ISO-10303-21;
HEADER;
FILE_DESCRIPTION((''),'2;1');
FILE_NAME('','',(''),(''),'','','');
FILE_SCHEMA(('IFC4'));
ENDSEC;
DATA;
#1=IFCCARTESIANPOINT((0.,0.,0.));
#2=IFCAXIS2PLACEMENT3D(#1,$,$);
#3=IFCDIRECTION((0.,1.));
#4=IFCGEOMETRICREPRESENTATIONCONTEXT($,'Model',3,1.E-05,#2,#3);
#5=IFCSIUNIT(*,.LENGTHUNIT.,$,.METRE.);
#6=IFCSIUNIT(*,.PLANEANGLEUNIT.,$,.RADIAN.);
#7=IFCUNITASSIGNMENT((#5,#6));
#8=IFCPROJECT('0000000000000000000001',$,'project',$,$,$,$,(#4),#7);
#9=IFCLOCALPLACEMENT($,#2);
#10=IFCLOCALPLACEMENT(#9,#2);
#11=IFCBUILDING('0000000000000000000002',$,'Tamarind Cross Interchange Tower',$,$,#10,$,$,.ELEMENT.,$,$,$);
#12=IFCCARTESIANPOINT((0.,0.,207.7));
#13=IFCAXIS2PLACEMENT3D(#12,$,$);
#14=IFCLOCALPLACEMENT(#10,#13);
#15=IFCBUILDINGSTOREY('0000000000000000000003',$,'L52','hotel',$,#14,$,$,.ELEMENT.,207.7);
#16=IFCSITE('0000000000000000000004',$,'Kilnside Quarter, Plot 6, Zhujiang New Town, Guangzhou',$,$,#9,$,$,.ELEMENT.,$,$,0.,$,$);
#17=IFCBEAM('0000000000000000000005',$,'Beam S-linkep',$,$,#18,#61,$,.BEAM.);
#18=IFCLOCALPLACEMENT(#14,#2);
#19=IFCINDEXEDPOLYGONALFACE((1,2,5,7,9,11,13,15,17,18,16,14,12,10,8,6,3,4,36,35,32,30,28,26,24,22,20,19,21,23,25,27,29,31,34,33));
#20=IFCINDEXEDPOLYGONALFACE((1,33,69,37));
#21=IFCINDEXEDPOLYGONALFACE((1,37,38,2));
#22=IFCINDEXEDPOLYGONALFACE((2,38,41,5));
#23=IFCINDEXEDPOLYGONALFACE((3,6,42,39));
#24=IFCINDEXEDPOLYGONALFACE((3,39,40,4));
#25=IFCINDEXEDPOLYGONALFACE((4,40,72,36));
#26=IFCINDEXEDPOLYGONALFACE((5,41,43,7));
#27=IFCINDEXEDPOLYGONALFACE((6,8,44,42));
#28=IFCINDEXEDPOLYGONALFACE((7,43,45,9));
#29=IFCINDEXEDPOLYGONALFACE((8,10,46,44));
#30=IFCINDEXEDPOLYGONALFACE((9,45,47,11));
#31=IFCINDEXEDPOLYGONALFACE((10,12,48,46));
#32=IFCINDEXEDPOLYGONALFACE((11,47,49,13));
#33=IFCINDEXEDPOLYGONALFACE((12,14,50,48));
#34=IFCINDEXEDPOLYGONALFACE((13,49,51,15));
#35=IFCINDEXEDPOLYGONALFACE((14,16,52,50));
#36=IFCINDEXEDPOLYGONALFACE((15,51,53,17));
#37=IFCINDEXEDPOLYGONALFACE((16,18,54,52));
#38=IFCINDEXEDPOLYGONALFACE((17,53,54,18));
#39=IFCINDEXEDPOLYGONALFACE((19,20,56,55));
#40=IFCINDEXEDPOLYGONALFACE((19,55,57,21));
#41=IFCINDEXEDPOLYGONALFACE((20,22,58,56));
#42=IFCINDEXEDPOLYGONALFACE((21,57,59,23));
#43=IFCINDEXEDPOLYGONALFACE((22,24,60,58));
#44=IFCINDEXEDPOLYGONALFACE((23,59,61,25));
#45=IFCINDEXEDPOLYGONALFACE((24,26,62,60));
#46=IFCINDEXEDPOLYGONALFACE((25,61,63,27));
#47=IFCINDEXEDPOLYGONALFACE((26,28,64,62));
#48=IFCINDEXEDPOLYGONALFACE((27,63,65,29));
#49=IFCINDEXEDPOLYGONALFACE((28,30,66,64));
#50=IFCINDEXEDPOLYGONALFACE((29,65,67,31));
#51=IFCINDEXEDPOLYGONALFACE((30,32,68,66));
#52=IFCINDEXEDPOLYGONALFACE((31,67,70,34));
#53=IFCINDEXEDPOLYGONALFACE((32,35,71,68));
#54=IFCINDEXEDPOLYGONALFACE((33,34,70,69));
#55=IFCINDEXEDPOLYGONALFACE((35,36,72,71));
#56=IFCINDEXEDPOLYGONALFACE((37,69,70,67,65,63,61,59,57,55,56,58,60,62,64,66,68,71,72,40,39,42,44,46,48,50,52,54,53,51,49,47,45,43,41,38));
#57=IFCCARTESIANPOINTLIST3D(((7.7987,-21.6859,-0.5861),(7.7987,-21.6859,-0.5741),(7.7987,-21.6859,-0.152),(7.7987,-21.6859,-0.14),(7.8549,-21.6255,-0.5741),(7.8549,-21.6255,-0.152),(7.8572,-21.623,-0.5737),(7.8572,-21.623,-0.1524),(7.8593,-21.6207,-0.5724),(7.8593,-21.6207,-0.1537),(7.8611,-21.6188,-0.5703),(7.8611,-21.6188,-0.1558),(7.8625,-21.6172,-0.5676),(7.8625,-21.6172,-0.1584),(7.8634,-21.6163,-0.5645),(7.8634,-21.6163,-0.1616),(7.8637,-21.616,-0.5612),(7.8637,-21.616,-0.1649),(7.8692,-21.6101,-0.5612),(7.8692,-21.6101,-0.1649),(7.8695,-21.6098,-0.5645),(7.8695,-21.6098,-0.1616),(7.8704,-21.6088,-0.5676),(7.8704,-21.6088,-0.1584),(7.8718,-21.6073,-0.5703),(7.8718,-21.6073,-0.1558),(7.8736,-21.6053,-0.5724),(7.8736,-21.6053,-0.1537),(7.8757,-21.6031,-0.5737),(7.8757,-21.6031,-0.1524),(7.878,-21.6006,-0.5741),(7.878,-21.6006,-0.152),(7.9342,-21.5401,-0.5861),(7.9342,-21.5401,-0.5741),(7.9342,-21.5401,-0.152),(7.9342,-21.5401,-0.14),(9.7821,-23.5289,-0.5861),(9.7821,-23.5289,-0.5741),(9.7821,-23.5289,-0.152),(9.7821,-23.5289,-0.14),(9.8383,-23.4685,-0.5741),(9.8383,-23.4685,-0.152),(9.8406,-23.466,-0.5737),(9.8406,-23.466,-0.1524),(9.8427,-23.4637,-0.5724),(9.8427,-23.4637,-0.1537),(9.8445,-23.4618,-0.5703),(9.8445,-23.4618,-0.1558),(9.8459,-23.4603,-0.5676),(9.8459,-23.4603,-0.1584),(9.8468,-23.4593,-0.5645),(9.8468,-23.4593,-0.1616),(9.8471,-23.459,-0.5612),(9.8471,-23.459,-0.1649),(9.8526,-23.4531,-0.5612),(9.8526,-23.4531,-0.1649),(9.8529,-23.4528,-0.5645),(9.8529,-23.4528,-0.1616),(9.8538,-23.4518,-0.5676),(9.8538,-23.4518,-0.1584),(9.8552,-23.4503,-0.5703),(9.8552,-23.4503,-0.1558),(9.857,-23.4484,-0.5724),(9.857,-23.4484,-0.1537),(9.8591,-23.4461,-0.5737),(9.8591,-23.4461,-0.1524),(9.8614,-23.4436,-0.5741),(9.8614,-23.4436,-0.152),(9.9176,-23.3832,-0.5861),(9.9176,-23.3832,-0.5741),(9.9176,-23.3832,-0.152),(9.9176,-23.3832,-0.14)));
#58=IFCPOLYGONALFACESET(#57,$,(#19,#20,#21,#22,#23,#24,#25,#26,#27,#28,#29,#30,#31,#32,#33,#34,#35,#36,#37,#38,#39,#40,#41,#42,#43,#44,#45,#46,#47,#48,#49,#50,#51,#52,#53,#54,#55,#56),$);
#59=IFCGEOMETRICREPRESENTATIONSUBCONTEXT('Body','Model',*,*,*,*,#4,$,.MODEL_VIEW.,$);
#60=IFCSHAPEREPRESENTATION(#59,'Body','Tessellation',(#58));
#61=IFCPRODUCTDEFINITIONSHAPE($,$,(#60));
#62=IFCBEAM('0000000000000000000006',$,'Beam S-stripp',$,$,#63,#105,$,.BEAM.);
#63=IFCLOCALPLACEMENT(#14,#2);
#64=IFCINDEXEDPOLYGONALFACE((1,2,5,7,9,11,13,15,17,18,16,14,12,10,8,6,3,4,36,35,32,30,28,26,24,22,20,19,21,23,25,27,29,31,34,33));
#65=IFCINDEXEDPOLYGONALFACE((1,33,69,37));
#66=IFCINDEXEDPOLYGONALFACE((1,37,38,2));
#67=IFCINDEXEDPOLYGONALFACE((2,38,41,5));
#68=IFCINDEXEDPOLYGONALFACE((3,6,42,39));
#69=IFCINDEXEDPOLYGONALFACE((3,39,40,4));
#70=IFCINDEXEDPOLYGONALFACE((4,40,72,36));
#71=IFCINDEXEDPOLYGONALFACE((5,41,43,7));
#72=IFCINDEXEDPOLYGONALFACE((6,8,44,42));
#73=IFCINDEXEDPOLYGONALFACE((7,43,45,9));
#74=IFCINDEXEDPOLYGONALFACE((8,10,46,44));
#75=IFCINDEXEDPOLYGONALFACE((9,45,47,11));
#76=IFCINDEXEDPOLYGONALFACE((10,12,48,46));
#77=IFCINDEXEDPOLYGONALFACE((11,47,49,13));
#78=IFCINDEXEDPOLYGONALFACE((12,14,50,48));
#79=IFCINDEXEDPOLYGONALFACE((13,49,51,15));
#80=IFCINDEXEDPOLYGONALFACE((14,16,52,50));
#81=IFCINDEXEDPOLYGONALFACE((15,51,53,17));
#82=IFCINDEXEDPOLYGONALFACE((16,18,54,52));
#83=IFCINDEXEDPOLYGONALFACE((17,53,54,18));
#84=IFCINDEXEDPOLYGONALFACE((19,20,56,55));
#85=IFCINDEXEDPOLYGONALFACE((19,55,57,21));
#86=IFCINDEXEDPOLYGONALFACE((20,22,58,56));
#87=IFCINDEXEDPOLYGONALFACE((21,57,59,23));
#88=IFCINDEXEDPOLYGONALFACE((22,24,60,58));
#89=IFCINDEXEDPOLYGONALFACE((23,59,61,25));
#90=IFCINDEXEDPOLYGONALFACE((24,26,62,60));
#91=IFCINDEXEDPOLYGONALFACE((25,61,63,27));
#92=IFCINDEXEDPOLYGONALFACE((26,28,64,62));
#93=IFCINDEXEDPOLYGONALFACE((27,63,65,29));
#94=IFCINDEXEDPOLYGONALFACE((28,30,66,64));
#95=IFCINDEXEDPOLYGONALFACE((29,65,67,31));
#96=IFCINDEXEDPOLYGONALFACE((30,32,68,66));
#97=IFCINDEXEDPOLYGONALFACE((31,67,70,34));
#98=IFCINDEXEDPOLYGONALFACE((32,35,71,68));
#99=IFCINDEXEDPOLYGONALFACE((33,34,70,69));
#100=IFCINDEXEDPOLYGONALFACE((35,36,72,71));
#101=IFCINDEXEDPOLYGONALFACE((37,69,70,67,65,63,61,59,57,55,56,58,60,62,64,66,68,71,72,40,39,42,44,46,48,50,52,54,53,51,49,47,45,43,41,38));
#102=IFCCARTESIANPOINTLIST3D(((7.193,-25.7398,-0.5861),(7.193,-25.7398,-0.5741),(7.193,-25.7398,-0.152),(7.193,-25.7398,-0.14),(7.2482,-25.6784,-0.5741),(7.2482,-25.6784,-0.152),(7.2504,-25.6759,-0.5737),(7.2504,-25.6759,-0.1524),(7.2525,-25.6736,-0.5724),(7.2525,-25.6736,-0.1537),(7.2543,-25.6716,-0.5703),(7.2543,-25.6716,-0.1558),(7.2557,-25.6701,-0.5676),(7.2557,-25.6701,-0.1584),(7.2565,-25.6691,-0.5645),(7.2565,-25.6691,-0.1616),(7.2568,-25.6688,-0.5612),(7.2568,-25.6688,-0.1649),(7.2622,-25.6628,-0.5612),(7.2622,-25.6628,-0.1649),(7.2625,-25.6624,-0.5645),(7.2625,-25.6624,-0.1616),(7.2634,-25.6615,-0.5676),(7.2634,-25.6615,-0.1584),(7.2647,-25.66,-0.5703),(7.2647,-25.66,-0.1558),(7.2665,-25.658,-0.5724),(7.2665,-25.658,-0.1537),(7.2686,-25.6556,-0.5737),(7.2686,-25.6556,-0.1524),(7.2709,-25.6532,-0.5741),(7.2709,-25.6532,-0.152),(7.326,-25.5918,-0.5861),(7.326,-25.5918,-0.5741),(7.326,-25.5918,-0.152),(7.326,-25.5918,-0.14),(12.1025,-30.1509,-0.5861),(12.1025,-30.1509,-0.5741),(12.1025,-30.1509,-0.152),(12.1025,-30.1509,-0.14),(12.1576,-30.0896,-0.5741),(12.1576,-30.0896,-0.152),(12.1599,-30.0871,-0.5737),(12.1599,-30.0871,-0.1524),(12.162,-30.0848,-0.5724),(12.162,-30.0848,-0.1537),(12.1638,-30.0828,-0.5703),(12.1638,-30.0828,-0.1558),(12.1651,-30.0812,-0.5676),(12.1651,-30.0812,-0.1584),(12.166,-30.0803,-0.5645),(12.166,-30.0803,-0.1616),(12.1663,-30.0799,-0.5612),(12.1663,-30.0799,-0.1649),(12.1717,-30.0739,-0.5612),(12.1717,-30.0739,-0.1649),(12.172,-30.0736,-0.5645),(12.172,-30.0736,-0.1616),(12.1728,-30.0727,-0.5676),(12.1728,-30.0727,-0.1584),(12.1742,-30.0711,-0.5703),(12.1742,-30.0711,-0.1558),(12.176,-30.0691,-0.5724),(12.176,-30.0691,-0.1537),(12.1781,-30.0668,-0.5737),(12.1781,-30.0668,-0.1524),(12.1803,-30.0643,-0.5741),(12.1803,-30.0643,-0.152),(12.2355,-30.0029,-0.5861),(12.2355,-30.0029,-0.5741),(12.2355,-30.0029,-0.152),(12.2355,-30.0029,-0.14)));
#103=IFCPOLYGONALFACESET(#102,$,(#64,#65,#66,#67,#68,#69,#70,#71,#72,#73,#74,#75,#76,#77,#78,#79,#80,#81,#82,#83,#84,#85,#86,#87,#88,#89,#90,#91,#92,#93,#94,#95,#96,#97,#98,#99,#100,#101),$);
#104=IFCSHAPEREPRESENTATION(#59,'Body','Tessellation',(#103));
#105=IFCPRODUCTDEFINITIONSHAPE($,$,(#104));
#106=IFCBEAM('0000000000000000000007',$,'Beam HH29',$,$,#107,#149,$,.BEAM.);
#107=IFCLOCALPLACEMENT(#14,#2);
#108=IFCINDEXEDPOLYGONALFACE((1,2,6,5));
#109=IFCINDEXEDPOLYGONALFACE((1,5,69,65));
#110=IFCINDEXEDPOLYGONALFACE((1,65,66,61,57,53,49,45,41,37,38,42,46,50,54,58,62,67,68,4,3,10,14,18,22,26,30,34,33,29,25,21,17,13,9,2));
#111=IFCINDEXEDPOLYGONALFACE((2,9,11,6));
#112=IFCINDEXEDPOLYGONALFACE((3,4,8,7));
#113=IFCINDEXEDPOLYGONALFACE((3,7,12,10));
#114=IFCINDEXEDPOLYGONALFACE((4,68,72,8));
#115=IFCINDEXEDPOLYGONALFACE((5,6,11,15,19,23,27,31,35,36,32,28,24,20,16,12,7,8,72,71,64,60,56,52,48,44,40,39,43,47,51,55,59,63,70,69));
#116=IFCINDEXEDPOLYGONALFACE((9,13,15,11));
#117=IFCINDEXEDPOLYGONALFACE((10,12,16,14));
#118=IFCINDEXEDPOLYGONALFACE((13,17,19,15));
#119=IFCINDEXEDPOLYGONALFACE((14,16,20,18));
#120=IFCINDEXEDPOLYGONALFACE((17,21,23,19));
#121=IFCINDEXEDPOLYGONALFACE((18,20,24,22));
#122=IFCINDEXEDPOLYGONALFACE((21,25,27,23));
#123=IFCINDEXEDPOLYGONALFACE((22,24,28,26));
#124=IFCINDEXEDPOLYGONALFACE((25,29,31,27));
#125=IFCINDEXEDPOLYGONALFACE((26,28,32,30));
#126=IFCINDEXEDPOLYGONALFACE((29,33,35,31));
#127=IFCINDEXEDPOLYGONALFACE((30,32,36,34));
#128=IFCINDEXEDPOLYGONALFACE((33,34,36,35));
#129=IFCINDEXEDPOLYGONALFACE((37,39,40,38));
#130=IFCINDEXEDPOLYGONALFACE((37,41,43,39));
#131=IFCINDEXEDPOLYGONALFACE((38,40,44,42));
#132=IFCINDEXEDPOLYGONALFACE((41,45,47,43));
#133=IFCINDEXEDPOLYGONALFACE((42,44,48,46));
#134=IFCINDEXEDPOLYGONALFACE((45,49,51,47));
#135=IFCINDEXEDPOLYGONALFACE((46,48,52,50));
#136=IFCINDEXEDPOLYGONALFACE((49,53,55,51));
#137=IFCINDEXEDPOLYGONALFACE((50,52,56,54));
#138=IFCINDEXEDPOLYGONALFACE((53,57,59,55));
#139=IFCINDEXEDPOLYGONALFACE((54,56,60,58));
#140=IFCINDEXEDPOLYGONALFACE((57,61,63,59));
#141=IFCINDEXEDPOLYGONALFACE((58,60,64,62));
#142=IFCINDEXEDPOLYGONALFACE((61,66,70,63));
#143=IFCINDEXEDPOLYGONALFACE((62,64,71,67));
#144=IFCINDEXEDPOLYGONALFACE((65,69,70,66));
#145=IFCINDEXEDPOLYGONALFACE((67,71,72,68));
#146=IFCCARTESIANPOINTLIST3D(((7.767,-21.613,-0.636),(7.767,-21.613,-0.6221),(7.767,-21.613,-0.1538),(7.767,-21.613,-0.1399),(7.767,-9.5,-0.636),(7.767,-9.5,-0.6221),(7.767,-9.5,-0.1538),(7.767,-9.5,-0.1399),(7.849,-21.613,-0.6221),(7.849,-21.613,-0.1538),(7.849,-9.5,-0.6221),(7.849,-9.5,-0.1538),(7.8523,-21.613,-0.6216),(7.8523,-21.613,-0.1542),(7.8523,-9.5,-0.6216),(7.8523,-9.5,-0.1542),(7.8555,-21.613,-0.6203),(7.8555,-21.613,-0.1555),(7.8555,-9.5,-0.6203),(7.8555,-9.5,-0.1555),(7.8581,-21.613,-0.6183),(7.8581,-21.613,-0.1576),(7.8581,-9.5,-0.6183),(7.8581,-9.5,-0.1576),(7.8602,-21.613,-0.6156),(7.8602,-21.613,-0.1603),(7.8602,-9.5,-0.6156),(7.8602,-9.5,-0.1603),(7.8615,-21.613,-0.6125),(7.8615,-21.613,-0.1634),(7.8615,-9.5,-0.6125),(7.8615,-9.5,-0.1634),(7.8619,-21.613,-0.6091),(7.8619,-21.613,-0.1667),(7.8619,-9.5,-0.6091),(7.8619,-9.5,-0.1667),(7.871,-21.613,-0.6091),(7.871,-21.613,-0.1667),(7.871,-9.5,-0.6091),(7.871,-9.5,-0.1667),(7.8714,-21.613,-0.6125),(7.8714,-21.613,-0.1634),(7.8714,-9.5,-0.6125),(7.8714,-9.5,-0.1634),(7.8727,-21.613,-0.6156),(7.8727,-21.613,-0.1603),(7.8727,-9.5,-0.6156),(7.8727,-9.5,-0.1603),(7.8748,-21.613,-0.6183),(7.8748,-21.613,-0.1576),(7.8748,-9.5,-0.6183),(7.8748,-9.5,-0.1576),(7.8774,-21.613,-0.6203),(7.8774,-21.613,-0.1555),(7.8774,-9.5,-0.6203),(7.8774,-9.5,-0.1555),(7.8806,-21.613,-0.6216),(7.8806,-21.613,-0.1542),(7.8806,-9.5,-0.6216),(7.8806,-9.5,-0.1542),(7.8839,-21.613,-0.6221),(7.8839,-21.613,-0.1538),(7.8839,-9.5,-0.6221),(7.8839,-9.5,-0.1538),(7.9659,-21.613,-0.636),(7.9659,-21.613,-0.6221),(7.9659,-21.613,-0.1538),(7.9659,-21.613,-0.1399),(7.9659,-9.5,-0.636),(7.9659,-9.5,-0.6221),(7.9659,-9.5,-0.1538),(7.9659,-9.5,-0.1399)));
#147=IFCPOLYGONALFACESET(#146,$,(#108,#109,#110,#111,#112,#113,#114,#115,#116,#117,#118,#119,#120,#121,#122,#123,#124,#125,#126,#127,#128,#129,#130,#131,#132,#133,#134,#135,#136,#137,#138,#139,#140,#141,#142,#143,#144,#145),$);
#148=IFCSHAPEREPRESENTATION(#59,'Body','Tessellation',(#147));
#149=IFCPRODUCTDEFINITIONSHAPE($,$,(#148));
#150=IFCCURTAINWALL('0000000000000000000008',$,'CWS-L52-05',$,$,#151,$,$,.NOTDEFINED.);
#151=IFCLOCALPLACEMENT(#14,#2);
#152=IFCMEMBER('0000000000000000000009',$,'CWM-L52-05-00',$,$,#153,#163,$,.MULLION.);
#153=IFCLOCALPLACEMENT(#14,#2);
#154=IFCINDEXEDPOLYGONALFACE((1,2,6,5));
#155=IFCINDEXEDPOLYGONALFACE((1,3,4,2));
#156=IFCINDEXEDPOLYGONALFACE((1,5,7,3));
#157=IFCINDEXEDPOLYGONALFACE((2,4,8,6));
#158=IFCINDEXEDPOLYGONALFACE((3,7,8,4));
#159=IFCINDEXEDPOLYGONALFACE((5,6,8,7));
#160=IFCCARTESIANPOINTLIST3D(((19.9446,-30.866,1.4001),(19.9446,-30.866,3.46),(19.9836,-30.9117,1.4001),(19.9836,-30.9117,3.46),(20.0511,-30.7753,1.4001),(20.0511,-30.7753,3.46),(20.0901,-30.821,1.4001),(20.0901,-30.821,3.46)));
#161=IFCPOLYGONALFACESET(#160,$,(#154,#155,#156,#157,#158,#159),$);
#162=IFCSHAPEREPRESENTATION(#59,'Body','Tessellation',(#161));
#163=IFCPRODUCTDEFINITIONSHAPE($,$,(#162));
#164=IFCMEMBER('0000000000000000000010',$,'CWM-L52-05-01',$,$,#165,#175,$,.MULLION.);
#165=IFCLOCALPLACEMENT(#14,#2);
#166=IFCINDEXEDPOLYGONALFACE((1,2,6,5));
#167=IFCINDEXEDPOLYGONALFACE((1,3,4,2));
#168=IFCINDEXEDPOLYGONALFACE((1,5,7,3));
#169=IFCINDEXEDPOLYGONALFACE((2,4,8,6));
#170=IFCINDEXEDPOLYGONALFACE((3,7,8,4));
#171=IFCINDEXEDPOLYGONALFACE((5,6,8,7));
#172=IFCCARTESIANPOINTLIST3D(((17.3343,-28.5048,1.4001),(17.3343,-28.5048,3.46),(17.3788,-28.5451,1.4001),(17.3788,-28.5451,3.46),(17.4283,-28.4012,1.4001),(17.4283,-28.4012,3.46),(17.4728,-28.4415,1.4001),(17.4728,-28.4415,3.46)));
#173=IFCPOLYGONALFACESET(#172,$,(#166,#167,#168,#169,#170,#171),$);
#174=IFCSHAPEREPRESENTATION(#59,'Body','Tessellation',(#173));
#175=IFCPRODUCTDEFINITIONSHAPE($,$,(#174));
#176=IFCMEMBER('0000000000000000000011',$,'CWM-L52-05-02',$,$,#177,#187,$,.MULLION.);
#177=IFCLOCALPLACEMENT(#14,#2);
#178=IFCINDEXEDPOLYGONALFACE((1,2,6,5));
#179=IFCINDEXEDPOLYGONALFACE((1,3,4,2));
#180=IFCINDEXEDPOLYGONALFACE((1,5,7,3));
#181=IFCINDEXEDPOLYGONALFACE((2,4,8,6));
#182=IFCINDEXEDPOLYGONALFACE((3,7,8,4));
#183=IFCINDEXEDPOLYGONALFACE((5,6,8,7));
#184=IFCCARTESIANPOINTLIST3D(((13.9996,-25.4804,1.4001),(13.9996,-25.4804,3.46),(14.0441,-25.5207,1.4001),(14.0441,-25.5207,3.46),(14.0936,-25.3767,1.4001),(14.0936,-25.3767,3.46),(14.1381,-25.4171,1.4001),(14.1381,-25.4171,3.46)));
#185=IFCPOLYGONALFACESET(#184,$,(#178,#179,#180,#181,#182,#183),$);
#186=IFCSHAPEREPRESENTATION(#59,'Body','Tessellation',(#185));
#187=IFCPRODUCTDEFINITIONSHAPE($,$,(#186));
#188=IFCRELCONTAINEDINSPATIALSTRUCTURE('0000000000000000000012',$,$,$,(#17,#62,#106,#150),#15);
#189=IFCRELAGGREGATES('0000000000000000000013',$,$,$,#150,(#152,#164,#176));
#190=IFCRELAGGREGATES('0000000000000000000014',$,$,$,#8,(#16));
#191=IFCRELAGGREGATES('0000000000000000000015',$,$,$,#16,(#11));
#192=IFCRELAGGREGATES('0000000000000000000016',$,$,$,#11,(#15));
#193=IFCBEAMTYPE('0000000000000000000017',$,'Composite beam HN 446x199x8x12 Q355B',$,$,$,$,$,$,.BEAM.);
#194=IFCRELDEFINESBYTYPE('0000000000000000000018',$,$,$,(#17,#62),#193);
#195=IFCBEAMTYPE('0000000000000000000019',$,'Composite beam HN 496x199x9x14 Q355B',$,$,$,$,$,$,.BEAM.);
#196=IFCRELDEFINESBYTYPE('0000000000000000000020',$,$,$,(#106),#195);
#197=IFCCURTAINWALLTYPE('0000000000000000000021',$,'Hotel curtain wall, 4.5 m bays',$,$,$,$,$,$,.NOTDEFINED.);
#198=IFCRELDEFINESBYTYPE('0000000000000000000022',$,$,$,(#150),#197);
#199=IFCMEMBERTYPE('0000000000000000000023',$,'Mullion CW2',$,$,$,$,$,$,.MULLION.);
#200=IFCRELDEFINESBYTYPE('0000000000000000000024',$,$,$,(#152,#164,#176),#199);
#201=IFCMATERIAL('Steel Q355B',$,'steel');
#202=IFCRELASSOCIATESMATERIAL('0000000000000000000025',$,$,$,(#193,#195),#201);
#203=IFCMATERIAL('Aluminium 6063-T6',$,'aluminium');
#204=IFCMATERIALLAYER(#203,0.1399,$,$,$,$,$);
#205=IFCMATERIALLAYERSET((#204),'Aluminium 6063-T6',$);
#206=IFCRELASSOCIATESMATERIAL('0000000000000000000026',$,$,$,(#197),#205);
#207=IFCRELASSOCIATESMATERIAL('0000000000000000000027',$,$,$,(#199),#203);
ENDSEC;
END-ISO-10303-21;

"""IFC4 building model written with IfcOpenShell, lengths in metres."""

from ifc_helpers import new_model, si_unit, direction, frame, origin, origin_2d, place, context, subcontext, project, spatial, rectangle, i_section, extrude, material, layer, layer_set, material_profile, profile_set, type_object, element, aggregate, save


model = new_model("IFC4")

# Units and contexts
model_context = context("Model", 3, precision=1e-05, world=origin(), true_north=direction((0.0, 1.0)))
body_context = subcontext(model_context, "Body", "Model", "MODEL_VIEW")
ifc_project = project(units=[si_unit("LENGTHUNIT", "METRE"), si_unit("PLANEANGLEUNIT", "RADIAN")], contexts=[model_context])

# Site, building, storey
site_placement = place(None, origin())
site = spatial("IfcSite", under=ifc_project, at=site_placement, Name="Kilnside Quarter, Plot 6, Zhujiang New Town, Guangzhou", CompositionType="ELEMENT", RefElevation=0.0)
building_placement = place(site_placement, origin())
building = spatial("IfcBuilding", under=site, at=building_placement, Name="Tamarind Cross Interchange Tower", CompositionType="ELEMENT")
storey_placement = place(building_placement, frame((0.0, 0.0, 207.7)))
storey = spatial("IfcBuildingStorey", under=building, at=storey_placement, Name="L52", Description="hotel", CompositionType="ELEMENT", Elevation=207.7)

# Beams
ifc_material_1 = material(Name="Steel Q355B", Category="steel")
ifc_material_profile_1 = material_profile(ifc_material_1, i_section(OverallWidth=0.199, OverallDepth=0.446, WebThickness=0.0081, FlangeThickness=0.012, FilletRadius=0.0129, at=origin_2d()), Name="HN 446x199x8x12")
ifc_profile_set_1 = profile_set([ifc_material_profile_1], Name="Steel Q355B")
beam_type_1 = type_object("IfcBeamType", Name="Composite beam HN 446x199x8x12 Q355B", PredefinedType="BEAM", material=ifc_profile_set_1)
beam_1_placement = place(storey_placement, frame((9.8499, -23.4561, -0.363), z_axis=(-0.732556, 0.680707, 0.0), x_axis=(-0.680707, -0.732556, 0.0)))
element("IfcBeam", 1, at=beam_1_placement, inside=storey, type_object=beam_type_1, Name="Beam S-linkep", PredefinedType="BEAM", context=body_context, shape_type="SweptSolid", body=[
    extrude(i_section(OverallWidth=0.199, OverallDepth=0.446, WebThickness=0.0081, FlangeThickness=0.012, FilletRadius=0.0129, at=origin_2d()), origin(), (0.0, 0.0, 1.0), 2.7075),
])
beam_2_placement = place(storey_placement, frame((7.2595, -25.6658, -0.363), z_axis=(0.743848, -0.668349, 0.0), x_axis=(0.668349, 0.743848, 0.0)))
element("IfcBeam", 2, at=beam_2_placement, inside=storey, type_object=beam_type_1, Name="Beam S-stripp", PredefinedType="BEAM", context=body_context, shape_type="SweptSolid", body=[
    extrude(i_section(OverallWidth=0.199, OverallDepth=0.446, WebThickness=0.0081, FlangeThickness=0.012, FilletRadius=0.0129, at=origin_2d()), origin(), (0.0, 0.0, 1.0), 6.6001),
])
ifc_material_profile_2 = material_profile(ifc_material_1, i_section(OverallWidth=0.199, OverallDepth=0.4961, WebThickness=0.009, FlangeThickness=0.0139, FilletRadius=0.0129, at=origin_2d()), Name="HN 496x199x9x14")
ifc_profile_set_2 = profile_set([ifc_material_profile_2], Name="Steel Q355B")
beam_type_2 = type_object("IfcBeamType", Name="Composite beam HN 496x199x9x14 Q355B", PredefinedType="BEAM", material=ifc_profile_set_2)
beam_3_placement = place(storey_placement, frame((7.8665, -21.613, -0.3879), z_axis=(0.0, 1.0, 0.0), x_axis=(-1.0, 0.0, 0.0)))
element("IfcBeam", 3, at=beam_3_placement, inside=storey, type_object=beam_type_2, Name="Beam HH29", PredefinedType="BEAM", context=body_context, shape_type="SweptSolid", body=[
    extrude(i_section(OverallWidth=0.199, OverallDepth=0.4961, WebThickness=0.009, FlangeThickness=0.0139, FilletRadius=0.0129, at=origin_2d()), origin(), (0.0, 0.0, 1.0), 12.113),
])

# Curtain wall, members
ifc_material_2 = material(Name="Aluminium 6063-T6", Category="aluminium")
ifc_layer_1 = layer(ifc_material_2, 0.1399)
ifc_layer_set_1 = layer_set([ifc_layer_1], Name="Aluminium 6063-T6")
curtain_wall_type = type_object("IfcCurtainWallType", Name="Hotel curtain wall, 4.5 m bays", PredefinedType="NOTDEFINED", material=ifc_layer_set_1)
curtain_wall_1_placement = place(storey_placement, origin())
curtain_wall_1 = element("IfcCurtainWall", 4, at=curtain_wall_1_placement, inside=storey, type_object=curtain_wall_type, Name="CWS-L52-05", PredefinedType="NOTDEFINED")
ifc_material_profile_3 = material_profile(ifc_material_2, rectangle(XDim=0.0601, YDim=0.1399, at=origin_2d()), Name="Mullion CW2")
ifc_profile_set_3 = profile_set([ifc_material_profile_3], Name="Aluminium 6063-T6")
member_type = type_object("IfcMemberType", Name="Mullion CW2", PredefinedType="MULLION", material=ifc_profile_set_3)
member_1_placement = place(storey_placement, frame((20.0173, -30.8435, 1.4001), z_axis=(0.0, 0.0, 1.0), x_axis=(-0.648488, 0.761225, 0.0)))
member_1 = element("IfcMember", 5, at=member_1_placement, type_object=member_type, Name="CWM-L52-05-00", PredefinedType="MULLION", context=body_context, shape_type="SweptSolid", body=[
    extrude(rectangle(XDim=0.0601, YDim=0.1399, at=origin_2d()), origin(), (0.0, 0.0, 1.0), 2.0598),
])
member_2_placement = place(storey_placement, frame((17.4036, -28.4731, 1.4001), z_axis=(0.0, 0.0, 1.0), x_axis=(-0.740741, 0.67179, 0.0)))
member_2 = element("IfcMember", 6, at=member_2_placement, type_object=member_type, Name="CWM-L52-05-01", PredefinedType="MULLION", context=body_context, shape_type="SweptSolid", body=[
    extrude(rectangle(XDim=0.0601, YDim=0.1399, at=origin_2d()), origin(), (0.0, 0.0, 1.0), 2.0598),
])
member_3_placement = place(storey_placement, frame((14.0688, -25.4487, 1.4001), z_axis=(0.0, 0.0, 1.0), x_axis=(-0.740741, 0.67179, 0.0)))
member_3 = element("IfcMember", 7, at=member_3_placement, type_object=member_type, Name="CWM-L52-05-02", PredefinedType="MULLION", context=body_context, shape_type="SweptSolid", body=[
    extrude(rectangle(XDim=0.0601, YDim=0.1399, at=origin_2d()), origin(), (0.0, 0.0, 1.0), 2.0598),
])
aggregate(curtain_wall_1, [member_1, member_2, member_3])

save(model, "model.ifc")
